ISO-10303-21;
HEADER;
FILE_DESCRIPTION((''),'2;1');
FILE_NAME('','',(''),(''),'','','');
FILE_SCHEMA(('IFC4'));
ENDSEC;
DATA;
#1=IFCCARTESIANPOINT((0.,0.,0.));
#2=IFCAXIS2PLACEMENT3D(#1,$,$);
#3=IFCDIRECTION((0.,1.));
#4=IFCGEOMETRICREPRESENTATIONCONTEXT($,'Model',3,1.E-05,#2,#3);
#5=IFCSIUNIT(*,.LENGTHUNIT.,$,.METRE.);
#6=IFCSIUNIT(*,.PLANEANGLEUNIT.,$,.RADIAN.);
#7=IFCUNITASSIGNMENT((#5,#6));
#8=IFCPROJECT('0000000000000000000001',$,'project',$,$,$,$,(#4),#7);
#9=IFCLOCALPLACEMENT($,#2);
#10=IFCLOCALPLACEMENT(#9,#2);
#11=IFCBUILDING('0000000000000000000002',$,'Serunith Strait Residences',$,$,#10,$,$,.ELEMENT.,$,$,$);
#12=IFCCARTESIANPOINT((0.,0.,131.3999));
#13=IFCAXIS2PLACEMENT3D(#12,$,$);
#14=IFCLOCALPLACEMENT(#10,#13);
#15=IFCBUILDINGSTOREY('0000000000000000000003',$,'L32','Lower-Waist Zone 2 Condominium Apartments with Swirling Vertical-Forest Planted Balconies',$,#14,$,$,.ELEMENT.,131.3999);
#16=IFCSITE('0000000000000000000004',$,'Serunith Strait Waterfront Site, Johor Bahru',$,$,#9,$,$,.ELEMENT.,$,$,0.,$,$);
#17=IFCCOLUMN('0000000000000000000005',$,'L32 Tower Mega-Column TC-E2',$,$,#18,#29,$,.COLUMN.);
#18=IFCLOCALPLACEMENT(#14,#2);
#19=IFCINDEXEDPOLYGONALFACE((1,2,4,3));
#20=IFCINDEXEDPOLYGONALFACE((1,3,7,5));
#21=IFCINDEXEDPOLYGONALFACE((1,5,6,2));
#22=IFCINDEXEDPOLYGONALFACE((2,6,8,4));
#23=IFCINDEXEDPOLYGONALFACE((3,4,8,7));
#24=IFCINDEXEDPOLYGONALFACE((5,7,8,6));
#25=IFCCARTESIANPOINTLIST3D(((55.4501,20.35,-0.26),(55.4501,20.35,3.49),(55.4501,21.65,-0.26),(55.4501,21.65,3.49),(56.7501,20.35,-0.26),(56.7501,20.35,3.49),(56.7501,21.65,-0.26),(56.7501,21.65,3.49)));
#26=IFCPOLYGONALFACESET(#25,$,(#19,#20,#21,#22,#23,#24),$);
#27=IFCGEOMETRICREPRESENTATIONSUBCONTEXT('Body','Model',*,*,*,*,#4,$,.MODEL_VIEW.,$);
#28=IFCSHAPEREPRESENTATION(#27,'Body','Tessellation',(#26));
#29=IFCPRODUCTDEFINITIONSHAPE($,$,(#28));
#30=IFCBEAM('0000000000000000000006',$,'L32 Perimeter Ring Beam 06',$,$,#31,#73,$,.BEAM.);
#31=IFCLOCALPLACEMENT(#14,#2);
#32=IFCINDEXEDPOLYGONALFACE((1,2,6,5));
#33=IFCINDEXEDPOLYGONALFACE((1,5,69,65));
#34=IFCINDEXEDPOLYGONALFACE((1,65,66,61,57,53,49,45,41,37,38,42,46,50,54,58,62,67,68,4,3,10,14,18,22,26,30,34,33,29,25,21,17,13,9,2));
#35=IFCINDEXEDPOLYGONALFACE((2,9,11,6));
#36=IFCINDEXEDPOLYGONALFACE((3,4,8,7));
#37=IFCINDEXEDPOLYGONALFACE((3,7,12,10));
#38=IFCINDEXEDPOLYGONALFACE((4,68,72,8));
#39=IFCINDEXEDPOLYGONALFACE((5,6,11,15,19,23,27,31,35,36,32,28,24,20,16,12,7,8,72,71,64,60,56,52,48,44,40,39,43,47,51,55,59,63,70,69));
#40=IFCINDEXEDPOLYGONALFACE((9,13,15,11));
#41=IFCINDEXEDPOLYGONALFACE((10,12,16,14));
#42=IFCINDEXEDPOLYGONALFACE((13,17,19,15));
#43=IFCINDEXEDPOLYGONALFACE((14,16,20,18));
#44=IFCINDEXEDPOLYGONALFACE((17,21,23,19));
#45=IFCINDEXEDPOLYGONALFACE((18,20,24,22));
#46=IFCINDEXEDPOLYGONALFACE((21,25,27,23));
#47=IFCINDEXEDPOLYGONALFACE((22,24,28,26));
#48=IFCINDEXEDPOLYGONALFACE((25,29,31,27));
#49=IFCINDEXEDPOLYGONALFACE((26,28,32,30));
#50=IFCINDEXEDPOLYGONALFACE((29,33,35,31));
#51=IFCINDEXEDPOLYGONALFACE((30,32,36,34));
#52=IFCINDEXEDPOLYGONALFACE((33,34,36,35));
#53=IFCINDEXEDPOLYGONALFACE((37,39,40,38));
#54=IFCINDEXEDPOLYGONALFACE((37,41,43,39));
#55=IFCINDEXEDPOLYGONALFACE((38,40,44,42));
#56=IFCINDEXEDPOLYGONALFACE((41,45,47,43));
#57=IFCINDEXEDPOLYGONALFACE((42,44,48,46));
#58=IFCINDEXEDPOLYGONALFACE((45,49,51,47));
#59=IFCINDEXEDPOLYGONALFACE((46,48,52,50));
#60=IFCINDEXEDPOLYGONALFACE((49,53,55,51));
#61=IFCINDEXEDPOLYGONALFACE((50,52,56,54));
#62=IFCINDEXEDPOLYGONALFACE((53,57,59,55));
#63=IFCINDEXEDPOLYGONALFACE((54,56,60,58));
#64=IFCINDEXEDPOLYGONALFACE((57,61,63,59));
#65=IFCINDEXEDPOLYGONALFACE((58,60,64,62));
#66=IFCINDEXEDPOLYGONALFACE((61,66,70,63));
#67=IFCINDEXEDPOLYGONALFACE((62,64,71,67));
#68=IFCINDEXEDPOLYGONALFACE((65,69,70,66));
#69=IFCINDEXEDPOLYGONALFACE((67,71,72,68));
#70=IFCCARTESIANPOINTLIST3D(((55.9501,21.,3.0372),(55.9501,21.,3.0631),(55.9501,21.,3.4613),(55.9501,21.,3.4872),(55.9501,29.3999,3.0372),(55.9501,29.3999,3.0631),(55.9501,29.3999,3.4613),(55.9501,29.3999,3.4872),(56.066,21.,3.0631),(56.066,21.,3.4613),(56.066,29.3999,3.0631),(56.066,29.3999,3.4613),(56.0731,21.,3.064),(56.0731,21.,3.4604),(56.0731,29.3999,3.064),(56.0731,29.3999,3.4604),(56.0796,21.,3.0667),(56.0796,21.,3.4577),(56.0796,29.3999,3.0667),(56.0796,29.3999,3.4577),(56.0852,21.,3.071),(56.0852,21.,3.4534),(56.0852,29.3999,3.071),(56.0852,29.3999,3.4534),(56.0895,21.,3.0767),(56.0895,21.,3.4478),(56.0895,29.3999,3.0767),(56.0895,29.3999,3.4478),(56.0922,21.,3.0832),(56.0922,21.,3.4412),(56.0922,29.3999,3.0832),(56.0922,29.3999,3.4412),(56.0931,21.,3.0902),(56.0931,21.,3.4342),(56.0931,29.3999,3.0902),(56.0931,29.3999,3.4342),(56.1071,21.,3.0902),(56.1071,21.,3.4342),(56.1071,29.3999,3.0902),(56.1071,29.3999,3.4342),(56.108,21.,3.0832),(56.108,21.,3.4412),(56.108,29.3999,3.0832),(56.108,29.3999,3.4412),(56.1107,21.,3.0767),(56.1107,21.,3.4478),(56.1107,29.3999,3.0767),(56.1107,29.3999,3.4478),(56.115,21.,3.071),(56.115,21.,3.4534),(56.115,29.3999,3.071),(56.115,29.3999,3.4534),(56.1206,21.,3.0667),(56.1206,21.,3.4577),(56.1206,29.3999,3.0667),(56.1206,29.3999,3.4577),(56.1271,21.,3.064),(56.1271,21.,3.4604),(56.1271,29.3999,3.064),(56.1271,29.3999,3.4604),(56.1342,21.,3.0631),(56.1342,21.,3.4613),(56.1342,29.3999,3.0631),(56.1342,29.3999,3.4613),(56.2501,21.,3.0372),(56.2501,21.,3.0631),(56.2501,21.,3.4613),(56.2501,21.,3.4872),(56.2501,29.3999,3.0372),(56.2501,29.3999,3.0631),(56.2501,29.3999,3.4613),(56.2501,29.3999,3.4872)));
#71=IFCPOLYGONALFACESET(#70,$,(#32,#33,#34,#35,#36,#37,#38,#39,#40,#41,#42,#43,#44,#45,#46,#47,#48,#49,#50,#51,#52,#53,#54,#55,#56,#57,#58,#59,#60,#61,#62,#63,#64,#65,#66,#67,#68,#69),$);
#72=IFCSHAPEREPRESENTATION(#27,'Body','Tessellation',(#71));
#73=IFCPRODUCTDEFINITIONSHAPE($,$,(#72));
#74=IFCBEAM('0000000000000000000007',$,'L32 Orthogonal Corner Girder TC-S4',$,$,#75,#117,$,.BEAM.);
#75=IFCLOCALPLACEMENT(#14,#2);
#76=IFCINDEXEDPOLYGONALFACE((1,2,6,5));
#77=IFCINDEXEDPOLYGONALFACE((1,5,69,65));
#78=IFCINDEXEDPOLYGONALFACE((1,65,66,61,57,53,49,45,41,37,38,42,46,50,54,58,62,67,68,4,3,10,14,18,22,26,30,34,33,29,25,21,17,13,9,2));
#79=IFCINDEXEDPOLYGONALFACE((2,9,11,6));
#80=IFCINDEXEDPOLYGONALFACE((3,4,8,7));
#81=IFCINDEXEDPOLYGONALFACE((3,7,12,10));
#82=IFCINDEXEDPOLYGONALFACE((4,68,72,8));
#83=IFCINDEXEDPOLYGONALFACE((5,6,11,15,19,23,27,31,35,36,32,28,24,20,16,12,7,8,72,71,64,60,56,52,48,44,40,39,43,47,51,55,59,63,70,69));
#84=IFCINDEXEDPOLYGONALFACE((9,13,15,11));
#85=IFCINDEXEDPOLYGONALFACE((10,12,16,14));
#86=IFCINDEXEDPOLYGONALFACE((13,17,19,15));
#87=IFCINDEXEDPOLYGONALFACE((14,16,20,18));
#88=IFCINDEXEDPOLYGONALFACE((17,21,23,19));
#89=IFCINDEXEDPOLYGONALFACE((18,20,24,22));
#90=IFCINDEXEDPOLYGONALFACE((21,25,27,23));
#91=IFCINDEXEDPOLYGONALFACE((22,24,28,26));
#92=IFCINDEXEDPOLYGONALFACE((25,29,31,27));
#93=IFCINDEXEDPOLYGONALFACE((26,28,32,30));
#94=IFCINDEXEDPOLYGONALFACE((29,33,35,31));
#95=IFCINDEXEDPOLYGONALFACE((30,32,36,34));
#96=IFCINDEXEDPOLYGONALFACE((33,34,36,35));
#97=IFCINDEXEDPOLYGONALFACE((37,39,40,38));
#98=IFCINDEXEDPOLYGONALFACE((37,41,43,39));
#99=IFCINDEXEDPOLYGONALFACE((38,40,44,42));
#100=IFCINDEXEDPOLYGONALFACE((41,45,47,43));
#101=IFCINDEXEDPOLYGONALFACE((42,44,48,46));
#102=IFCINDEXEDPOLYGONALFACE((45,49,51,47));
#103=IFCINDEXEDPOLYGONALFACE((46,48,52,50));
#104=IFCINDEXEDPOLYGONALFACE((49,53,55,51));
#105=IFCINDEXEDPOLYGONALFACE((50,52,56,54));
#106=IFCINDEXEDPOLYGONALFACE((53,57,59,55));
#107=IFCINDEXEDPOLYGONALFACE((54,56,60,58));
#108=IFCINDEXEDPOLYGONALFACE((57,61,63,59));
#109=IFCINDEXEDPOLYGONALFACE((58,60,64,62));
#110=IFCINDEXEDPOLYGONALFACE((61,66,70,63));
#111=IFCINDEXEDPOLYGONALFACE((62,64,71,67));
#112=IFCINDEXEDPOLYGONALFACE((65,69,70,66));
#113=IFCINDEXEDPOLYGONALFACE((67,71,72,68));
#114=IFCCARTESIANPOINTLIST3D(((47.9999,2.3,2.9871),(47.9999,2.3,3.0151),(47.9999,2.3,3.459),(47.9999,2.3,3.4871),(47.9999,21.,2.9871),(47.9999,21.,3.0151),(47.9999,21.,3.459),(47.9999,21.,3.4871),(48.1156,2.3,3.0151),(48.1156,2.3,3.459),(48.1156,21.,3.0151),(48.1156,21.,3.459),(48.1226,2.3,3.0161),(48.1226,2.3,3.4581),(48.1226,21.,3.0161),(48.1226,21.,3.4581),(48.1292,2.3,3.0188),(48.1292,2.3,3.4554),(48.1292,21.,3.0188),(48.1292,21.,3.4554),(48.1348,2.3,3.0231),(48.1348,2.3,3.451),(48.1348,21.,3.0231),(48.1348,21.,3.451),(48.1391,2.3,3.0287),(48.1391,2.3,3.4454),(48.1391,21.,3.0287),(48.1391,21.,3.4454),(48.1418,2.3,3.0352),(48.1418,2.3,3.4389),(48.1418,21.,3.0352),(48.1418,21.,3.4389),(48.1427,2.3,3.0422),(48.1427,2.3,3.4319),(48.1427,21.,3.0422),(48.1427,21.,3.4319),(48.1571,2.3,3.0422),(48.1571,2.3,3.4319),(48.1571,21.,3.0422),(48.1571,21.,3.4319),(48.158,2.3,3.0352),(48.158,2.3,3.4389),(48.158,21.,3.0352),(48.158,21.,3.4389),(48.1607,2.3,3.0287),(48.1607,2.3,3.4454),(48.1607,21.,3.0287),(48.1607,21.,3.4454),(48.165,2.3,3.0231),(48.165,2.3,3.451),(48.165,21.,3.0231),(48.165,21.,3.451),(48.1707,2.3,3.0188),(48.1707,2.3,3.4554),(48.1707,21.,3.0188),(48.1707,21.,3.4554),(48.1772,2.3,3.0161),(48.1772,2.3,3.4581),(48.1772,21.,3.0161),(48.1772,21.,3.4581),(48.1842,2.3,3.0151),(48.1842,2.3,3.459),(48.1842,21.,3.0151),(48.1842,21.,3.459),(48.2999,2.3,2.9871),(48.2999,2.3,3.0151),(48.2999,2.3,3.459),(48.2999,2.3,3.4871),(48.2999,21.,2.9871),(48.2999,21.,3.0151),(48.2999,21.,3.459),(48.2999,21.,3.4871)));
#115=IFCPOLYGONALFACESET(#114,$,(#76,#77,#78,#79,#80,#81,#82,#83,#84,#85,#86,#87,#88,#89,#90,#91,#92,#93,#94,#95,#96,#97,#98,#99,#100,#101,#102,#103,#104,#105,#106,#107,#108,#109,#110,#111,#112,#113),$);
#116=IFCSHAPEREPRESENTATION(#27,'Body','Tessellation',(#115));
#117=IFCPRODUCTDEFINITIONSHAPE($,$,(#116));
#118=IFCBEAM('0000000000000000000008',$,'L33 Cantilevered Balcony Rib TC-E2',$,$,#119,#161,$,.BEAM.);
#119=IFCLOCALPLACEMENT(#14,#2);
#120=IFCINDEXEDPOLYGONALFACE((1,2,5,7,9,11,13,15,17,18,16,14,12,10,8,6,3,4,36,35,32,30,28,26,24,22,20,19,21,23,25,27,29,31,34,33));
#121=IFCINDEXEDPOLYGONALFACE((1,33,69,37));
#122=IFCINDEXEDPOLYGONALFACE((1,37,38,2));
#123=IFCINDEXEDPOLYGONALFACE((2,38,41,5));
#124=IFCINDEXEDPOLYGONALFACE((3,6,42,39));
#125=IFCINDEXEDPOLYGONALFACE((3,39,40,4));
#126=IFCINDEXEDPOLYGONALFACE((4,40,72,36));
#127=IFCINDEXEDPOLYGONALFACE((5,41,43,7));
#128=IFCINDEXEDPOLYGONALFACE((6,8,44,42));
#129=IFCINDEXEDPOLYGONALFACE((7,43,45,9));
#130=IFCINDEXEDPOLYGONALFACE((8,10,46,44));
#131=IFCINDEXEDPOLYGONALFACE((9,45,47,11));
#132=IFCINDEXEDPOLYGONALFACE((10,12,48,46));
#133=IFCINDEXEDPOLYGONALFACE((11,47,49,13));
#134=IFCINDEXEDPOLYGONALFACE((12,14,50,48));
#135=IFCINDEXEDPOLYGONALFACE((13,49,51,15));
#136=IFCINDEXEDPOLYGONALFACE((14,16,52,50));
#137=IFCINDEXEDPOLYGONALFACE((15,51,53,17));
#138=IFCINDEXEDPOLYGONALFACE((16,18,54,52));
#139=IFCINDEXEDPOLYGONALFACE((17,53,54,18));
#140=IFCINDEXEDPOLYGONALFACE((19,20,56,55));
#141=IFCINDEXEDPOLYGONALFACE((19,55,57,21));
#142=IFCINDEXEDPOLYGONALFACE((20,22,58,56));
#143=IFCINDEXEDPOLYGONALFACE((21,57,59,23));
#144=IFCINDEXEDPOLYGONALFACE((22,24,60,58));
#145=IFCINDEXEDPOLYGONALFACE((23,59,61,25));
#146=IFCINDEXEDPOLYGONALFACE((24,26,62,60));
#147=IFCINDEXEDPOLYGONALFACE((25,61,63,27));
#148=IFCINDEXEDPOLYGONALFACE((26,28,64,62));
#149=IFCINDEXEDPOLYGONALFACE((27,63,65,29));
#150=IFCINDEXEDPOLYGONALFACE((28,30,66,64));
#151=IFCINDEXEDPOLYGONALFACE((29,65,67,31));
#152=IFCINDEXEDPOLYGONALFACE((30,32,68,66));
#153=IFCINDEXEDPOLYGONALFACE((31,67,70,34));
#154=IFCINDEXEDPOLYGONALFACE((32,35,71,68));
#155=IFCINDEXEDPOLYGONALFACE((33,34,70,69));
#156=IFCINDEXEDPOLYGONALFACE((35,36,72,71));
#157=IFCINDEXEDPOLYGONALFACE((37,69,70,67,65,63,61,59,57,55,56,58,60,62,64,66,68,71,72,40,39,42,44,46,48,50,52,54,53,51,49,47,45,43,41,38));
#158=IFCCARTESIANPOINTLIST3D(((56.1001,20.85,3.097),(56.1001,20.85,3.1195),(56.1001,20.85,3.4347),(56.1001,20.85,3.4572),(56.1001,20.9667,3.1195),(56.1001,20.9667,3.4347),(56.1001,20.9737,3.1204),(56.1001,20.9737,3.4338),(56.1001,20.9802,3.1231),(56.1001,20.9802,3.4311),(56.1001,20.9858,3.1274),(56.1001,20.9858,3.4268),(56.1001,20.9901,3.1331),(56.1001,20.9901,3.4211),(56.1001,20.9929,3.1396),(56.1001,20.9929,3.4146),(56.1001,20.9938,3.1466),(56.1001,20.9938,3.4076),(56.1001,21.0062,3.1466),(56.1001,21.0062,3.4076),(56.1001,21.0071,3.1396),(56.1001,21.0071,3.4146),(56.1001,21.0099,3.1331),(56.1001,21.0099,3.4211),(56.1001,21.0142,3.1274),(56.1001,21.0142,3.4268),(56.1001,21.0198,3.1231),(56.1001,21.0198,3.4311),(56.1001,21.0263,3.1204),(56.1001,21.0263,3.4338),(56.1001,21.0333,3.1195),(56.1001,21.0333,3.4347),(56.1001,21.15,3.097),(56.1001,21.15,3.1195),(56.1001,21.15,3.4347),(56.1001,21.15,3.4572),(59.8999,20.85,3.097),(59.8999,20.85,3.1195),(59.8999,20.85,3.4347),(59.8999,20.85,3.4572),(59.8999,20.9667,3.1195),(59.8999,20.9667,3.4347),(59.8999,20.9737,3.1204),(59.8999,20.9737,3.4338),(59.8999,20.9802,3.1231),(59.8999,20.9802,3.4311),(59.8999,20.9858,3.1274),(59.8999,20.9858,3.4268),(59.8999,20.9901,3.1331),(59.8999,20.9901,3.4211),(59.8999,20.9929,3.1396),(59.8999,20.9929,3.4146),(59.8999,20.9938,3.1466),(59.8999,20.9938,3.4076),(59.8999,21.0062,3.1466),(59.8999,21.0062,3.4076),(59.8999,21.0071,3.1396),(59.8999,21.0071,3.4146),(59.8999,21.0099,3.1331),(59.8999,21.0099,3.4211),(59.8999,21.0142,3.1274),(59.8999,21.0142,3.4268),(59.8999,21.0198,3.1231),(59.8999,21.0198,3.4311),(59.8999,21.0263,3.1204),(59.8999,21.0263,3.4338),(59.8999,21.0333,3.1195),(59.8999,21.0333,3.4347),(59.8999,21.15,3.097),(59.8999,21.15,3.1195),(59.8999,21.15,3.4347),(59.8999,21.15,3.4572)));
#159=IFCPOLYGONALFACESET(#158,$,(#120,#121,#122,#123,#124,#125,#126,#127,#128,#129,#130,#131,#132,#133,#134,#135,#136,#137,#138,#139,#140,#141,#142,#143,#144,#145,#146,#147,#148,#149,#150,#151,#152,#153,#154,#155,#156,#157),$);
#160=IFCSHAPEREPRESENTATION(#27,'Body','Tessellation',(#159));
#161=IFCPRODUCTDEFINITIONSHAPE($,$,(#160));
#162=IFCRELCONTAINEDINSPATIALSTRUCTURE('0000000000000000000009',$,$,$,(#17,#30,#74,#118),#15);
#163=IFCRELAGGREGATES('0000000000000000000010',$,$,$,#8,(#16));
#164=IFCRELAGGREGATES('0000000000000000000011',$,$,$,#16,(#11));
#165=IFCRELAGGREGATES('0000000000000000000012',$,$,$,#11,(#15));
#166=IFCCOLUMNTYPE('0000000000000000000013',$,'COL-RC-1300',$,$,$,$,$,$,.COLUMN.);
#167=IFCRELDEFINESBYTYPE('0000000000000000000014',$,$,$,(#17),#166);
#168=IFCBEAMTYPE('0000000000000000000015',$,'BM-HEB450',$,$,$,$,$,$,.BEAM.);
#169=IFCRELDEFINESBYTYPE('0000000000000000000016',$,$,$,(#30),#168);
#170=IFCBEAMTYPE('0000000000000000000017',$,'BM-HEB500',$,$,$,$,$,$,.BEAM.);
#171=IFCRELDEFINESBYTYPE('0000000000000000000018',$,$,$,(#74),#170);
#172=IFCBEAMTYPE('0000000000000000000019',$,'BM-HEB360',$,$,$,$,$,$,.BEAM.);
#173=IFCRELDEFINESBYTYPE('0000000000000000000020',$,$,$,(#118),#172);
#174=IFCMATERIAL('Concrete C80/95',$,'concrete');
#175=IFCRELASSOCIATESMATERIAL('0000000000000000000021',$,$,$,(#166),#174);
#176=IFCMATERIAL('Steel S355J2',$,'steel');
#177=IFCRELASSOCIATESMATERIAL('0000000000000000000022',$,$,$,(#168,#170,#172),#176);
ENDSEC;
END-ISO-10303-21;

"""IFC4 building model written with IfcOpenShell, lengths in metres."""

from ifc_helpers import new_model, si_unit, direction, frame, origin, origin_2d, place, context, subcontext, project, spatial, rectangle, i_section, extrude, source, transform, mapped, material, material_profile, profile_set, type_object, element, save


model = new_model("IFC4")

# Units and contexts
model_context = context("Model", 3, precision=1e-05, world=origin(), true_north=direction((0.0, 1.0)))
body_context = subcontext(model_context, "Body", "Model", "MODEL_VIEW")
ifc_project = project(units=[si_unit("LENGTHUNIT", "METRE"), si_unit("PLANEANGLEUNIT", "RADIAN")], contexts=[model_context])

# Site, building, storey
site_placement = place(None, origin())
site = spatial("IfcSite", under=ifc_project, at=site_placement, Name="Serunith Strait Waterfront Site, Johor Bahru", CompositionType="ELEMENT", RefElevation=0.0)
building_placement = place(site_placement, origin())
building = spatial("IfcBuilding", under=site, at=building_placement, Name="Serunith Strait Residences", CompositionType="ELEMENT")
storey_placement = place(building_placement, frame((0.0, 0.0, 131.3999)))
storey = spatial("IfcBuildingStorey", under=building, at=storey_placement, Name="L32", Description="Lower-Waist Zone 2 Condominium Apartments with Swirling Vertical-Forest Planted Balconies", CompositionType="ELEMENT", Elevation=131.3999)

# Column
ifc_material_1 = material(Name="Concrete C80/95", Category="concrete")
ifc_material_profile_1 = material_profile(ifc_material_1, rectangle(XDim=1.3, YDim=1.3, at=origin_2d()), Name="RC 1300x1300")
ifc_profile_set_1 = profile_set([ifc_material_profile_1], Name="Concrete C80/95")
column_type = type_object("IfcColumnType", Name="COL-RC-1300", PredefinedType="COLUMN", material=ifc_profile_set_1)
shared_shape_1 = source(origin(), body_context, "Body", "SweptSolid", [
    extrude(rectangle(XDim=1.3, YDim=1.3, at=origin_2d()), origin(), (0.0, 0.0, 1.0), 3.75),
])
column_placement = place(storey_placement, frame((56.1001, 21.0, -0.26), z_axis=(0.0, 0.0, 1.0), x_axis=(1.0, 0.0, 0.0)))
element("IfcColumn", 1, at=column_placement, inside=storey, type_object=column_type, Name="L32 Tower Mega-Column TC-E2", PredefinedType="COLUMN", context=body_context, shape_type="MappedRepresentation", body=[
    mapped(shared_shape_1, transform((0.0, 0.0, 0.0), scale=1.0)),
])

# Beams
ifc_material_2 = material(Name="Steel S355J2", Category="steel")
ifc_material_profile_2 = material_profile(ifc_material_2, i_section(OverallWidth=0.3, OverallDepth=0.45, WebThickness=0.0139, FlangeThickness=0.0259, FilletRadius=0.0271, at=origin_2d()), Name="HEB 450")
ifc_profile_set_2 = profile_set([ifc_material_profile_2], Name="Steel S355J2")
beam_type_1 = type_object("IfcBeamType", Name="BM-HEB450", PredefinedType="BEAM", material=ifc_profile_set_2)
shared_shape_2 = source(origin(), body_context, "Body", "SweptSolid", [
    extrude(i_section(OverallWidth=0.3, OverallDepth=0.45, WebThickness=0.0139, FlangeThickness=0.0259, FilletRadius=0.0271, at=origin_2d()), origin(), (0.0, 0.0, 1.0), 8.3999),
])
beam_1_placement = place(storey_placement, frame((56.1001, 21.0, 3.2622), z_axis=(0.0, 1.0, 0.0), x_axis=(-1.0, 0.0, 0.0)))
element("IfcBeam", 2, at=beam_1_placement, inside=storey, type_object=beam_type_1, Name="L32 Perimeter Ring Beam 06", PredefinedType="BEAM", context=body_context, shape_type="MappedRepresentation", body=[
    mapped(shared_shape_2, transform((0.0, 0.0, 0.0), scale=1.0)),
])
ifc_material_profile_3 = material_profile(ifc_material_2, i_section(OverallWidth=0.3, OverallDepth=0.5, WebThickness=0.0144, FlangeThickness=0.0281, FilletRadius=0.0271, at=origin_2d()), Name="HEB 500")
ifc_profile_set_3 = profile_set([ifc_material_profile_3], Name="Steel S355J2")
beam_type_2 = type_object("IfcBeamType", Name="BM-HEB500", PredefinedType="BEAM", material=ifc_profile_set_3)
shared_shape_3 = source(origin(), body_context, "Body", "SweptSolid", [
    extrude(i_section(OverallWidth=0.3, OverallDepth=0.5, WebThickness=0.0144, FlangeThickness=0.0281, FilletRadius=0.0271, at=origin_2d()), origin(), (0.0, 0.0, 1.0), 18.7),
])
beam_2_placement = place(storey_placement, frame((48.1499, 21.0, 3.2371), z_axis=(0.0, -1.0, 0.0), x_axis=(1.0, 0.0, 0.0)))
element("IfcBeam", 3, at=beam_2_placement, inside=storey, type_object=beam_type_2, Name="L32 Orthogonal Corner Girder TC-S4", PredefinedType="BEAM", context=body_context, shape_type="MappedRepresentation", body=[
    mapped(shared_shape_3, transform((0.0, 0.0, 0.0), scale=1.0)),
])
ifc_material_profile_4 = material_profile(ifc_material_2, i_section(OverallWidth=0.3, OverallDepth=0.3601, WebThickness=0.0125, FlangeThickness=0.0225, FilletRadius=0.0271, at=origin_2d()), Name="HEB 360")
ifc_profile_set_4 = profile_set([ifc_material_profile_4], Name="Steel S355J2")
beam_type_3 = type_object("IfcBeamType", Name="BM-HEB360", PredefinedType="BEAM", material=ifc_profile_set_4)
shared_shape_4 = source(origin(), body_context, "Body", "SweptSolid", [
    extrude(i_section(OverallWidth=0.3, OverallDepth=0.3601, WebThickness=0.0125, FlangeThickness=0.0225, FilletRadius=0.0271, at=origin_2d()), origin(), (0.0, 0.0, 1.0), 3.7998),
])
beam_3_placement = place(storey_placement, frame((56.1001, 21.0, 3.2771), z_axis=(1.0, 0.0, 0.0), x_axis=(0.0, 1.0, 0.0)))
element("IfcBeam", 4, at=beam_3_placement, inside=storey, type_object=beam_type_3, Name="L33 Cantilevered Balcony Rib TC-E2", PredefinedType="BEAM", context=body_context, shape_type="MappedRepresentation", body=[
    mapped(shared_shape_4, transform((0.0, 0.0, 0.0), scale=1.0)),
])

save(model, "model.ifc")
